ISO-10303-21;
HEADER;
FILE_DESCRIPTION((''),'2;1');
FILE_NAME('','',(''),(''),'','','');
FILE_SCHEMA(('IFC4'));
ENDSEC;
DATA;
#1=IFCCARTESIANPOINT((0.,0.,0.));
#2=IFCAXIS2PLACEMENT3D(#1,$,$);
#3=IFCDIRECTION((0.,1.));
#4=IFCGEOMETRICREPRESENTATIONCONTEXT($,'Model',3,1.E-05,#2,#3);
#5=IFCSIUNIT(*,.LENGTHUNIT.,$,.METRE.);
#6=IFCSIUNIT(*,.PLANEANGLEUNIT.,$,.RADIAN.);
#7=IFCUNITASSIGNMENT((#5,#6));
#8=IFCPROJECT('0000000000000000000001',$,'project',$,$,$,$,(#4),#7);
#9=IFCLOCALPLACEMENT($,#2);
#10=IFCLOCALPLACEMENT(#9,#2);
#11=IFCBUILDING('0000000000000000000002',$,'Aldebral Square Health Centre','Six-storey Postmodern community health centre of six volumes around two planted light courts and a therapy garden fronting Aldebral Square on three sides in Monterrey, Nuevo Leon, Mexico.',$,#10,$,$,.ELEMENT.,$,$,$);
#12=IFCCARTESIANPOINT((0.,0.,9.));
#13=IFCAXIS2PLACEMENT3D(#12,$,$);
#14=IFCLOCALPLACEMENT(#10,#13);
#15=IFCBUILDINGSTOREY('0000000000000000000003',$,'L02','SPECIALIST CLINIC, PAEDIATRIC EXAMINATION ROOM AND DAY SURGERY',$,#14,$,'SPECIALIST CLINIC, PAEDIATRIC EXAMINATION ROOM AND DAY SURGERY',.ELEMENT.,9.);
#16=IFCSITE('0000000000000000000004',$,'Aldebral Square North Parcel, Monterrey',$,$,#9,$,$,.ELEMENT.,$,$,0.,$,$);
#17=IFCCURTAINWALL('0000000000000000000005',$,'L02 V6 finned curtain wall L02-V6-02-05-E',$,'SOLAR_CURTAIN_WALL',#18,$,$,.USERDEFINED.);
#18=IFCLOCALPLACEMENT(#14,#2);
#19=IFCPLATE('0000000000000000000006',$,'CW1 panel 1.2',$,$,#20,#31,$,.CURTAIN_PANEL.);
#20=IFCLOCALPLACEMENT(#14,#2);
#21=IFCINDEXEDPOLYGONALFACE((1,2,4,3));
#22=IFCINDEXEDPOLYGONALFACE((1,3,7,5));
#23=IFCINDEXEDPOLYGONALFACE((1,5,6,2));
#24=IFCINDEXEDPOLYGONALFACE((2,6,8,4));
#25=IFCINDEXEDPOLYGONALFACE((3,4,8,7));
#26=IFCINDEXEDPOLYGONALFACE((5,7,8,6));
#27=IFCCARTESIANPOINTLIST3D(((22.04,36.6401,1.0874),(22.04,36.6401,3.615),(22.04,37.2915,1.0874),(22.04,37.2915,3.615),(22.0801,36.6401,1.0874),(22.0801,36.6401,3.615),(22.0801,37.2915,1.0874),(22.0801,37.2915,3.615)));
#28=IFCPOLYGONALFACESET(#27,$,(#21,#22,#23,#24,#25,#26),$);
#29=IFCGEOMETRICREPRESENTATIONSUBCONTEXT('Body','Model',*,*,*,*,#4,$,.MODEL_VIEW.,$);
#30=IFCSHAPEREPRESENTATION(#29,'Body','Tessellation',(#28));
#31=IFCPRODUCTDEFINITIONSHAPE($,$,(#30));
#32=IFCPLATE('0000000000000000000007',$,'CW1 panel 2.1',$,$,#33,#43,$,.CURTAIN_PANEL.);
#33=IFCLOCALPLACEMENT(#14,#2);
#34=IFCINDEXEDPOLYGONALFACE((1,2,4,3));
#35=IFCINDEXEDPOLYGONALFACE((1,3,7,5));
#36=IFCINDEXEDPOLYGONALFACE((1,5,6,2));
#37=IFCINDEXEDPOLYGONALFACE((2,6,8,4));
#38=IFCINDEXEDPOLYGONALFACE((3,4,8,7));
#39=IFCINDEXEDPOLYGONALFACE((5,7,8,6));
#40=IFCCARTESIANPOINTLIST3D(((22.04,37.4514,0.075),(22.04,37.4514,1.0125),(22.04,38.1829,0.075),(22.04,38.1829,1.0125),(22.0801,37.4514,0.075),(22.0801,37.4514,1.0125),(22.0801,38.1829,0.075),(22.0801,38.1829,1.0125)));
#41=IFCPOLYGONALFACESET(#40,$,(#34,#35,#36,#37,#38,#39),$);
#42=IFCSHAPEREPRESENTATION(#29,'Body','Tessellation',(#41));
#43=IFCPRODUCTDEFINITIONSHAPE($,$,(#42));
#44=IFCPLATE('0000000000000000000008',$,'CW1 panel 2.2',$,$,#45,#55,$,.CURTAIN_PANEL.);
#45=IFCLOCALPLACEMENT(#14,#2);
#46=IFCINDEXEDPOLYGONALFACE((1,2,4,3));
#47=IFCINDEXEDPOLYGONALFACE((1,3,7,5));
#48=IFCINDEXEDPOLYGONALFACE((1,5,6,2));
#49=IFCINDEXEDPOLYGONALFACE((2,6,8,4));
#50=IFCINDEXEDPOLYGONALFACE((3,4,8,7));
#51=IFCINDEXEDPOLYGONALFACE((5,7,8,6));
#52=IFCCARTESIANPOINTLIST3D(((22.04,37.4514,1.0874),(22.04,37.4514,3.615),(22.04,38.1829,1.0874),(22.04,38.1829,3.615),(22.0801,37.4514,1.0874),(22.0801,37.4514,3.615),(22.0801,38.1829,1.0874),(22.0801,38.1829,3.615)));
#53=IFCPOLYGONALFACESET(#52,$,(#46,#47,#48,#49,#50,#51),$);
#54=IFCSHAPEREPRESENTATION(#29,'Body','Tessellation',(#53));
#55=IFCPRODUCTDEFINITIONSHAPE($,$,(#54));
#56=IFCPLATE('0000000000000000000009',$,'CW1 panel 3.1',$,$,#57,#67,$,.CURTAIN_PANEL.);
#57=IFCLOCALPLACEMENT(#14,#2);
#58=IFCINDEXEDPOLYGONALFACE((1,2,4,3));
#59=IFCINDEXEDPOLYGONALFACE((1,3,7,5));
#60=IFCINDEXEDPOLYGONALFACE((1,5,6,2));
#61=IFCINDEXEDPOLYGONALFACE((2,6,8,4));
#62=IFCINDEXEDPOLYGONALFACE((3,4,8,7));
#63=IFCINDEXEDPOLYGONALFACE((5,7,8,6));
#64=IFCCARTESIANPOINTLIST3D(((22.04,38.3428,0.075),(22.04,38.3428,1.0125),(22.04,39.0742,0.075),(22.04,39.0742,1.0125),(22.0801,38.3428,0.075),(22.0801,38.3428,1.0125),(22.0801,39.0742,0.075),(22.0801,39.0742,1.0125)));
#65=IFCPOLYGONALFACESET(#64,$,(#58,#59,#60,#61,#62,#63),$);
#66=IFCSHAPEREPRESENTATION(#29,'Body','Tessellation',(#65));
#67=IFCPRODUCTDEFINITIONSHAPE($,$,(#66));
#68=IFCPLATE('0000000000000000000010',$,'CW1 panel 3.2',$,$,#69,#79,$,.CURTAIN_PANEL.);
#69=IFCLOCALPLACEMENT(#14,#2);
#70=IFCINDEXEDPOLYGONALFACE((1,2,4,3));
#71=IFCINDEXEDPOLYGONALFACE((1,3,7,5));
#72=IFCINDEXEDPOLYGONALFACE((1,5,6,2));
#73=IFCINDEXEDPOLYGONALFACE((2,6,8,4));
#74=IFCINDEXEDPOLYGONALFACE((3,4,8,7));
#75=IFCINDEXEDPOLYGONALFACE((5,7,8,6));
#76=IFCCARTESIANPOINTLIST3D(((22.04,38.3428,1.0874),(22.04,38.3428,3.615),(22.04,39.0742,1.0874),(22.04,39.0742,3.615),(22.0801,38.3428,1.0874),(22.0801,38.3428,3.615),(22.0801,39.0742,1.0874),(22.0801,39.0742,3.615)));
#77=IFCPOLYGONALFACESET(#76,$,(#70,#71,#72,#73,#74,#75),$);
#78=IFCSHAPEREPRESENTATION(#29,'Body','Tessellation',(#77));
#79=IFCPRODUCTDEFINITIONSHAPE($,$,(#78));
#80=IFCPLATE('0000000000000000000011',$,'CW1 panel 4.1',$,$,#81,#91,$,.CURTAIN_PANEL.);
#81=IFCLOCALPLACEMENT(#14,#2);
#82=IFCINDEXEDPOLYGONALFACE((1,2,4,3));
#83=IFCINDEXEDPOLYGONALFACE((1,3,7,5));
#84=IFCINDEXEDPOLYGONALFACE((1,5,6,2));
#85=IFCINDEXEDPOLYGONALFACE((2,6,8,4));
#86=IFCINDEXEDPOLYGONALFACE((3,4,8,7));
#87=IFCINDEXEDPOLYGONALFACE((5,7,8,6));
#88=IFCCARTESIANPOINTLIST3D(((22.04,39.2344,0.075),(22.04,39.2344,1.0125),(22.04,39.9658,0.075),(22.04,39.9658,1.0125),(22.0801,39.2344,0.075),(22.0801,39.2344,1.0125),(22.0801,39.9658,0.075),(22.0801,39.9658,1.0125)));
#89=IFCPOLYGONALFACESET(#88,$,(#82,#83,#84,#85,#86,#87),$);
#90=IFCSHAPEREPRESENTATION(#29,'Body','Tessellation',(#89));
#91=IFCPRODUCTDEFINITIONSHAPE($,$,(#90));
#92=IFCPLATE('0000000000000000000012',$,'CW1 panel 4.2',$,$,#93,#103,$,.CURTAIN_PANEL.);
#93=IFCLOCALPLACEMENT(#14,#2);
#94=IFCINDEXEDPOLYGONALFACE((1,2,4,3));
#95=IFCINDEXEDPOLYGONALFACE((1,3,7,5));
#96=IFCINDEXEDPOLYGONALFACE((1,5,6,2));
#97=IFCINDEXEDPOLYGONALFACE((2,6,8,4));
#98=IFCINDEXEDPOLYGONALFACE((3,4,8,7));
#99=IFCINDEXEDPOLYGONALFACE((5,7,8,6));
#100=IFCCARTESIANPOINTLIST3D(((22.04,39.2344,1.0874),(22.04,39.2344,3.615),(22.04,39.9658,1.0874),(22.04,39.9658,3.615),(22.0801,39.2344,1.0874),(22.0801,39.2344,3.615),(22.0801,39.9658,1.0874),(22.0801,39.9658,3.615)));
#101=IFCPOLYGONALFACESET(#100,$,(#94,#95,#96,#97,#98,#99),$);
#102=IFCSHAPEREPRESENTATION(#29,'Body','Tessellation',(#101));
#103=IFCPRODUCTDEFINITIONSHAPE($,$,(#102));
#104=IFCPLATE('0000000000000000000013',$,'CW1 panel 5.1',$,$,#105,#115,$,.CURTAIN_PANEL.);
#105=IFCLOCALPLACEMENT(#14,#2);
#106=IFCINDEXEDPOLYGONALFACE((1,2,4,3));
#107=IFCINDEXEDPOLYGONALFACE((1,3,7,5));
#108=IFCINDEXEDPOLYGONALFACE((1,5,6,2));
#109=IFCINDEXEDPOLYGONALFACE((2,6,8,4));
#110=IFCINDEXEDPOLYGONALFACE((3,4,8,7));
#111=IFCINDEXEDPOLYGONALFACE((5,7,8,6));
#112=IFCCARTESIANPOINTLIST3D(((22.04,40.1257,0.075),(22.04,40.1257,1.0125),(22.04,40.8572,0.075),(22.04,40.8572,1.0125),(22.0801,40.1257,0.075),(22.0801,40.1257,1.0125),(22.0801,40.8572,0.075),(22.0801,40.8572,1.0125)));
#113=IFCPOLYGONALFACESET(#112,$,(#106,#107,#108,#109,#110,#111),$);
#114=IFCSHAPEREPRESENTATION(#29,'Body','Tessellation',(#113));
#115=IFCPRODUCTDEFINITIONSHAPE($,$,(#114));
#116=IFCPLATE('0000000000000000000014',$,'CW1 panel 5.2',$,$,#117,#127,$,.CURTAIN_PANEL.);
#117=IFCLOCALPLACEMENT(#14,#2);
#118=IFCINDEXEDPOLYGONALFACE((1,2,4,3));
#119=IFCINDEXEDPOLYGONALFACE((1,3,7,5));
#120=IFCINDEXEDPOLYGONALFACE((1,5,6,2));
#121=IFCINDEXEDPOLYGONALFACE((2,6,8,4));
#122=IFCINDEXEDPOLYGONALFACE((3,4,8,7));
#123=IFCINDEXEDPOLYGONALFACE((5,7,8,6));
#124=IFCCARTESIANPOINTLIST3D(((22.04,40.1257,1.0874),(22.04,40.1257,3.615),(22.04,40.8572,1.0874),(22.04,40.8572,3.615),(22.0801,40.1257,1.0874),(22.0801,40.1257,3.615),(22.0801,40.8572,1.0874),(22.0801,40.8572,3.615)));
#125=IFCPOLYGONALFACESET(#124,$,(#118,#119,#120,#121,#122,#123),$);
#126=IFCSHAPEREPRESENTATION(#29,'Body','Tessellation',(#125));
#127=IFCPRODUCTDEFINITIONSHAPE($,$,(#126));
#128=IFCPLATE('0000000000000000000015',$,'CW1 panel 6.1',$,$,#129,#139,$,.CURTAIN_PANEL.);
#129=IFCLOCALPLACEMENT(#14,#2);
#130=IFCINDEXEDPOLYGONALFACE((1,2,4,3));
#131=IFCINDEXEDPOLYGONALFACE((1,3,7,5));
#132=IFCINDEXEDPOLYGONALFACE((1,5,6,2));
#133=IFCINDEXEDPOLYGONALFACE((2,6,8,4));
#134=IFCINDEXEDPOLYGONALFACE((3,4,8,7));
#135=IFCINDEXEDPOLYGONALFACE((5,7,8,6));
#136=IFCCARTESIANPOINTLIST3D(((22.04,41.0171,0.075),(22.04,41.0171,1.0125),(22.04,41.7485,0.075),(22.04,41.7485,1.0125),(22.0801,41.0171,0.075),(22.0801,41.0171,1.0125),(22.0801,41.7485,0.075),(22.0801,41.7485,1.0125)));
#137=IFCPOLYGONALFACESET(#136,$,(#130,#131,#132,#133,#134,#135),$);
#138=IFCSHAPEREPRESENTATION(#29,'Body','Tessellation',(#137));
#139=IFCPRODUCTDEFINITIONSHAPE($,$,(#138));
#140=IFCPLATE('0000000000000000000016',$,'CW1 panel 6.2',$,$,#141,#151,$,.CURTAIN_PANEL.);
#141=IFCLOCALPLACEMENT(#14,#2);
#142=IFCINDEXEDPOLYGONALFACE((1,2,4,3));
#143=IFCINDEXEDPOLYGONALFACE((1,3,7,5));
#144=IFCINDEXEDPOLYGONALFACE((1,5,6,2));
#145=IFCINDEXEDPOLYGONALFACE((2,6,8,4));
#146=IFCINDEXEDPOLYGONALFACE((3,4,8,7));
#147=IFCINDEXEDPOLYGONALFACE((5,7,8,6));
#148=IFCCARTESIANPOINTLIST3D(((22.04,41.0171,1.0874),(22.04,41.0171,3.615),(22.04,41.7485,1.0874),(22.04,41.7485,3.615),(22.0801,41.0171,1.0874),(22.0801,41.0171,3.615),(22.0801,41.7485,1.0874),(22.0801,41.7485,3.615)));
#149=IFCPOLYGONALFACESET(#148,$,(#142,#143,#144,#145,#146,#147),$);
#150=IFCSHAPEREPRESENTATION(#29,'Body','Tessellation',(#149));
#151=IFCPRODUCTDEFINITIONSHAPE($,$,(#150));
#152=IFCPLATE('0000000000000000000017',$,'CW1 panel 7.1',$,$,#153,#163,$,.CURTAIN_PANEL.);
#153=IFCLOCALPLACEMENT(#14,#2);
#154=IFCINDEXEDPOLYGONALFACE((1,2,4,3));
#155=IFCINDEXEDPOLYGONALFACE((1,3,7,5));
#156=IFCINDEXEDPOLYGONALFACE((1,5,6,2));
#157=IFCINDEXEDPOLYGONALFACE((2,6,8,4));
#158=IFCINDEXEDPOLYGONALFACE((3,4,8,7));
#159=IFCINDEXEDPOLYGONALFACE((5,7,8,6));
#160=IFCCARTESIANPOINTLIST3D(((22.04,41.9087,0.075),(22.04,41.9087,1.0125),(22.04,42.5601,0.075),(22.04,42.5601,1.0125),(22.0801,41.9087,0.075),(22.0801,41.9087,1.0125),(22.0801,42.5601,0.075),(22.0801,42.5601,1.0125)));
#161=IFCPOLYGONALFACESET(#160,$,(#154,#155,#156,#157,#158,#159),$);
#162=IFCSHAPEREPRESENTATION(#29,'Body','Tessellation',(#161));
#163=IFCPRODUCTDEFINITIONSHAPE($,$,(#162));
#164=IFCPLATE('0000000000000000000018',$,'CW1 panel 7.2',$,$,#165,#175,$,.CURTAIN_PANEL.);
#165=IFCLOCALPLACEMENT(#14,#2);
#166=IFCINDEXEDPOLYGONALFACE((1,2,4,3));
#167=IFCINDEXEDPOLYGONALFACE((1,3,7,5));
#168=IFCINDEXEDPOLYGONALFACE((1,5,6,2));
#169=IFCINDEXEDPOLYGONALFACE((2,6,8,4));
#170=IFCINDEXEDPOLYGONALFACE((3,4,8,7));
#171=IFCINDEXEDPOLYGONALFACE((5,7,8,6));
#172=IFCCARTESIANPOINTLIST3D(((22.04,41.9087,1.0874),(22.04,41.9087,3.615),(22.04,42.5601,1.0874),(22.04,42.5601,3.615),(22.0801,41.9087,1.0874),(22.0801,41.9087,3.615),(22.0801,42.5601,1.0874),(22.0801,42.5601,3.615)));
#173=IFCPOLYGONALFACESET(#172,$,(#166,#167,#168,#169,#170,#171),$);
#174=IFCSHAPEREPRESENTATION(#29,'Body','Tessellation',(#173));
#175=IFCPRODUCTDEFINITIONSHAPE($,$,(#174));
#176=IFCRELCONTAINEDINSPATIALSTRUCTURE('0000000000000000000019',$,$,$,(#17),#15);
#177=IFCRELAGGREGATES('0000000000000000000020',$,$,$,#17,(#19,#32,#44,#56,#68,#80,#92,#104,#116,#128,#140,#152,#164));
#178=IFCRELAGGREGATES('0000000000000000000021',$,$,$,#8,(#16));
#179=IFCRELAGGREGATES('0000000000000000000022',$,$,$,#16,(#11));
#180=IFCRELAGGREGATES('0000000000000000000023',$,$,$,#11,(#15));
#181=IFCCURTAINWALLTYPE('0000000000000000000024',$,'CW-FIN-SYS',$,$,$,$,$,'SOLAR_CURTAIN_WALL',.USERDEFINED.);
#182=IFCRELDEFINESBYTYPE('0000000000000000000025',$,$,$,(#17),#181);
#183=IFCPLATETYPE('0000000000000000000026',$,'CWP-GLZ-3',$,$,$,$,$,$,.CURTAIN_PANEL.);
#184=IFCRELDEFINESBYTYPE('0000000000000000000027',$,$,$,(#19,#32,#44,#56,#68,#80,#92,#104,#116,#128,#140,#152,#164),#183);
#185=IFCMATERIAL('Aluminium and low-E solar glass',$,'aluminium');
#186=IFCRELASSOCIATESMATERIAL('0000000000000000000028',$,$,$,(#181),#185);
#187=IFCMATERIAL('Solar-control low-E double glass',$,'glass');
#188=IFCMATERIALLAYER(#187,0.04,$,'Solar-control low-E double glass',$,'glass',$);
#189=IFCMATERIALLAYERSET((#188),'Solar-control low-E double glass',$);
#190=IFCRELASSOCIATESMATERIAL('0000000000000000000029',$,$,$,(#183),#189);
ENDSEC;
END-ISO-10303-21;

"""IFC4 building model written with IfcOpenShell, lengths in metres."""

from ifc_helpers import new_model, si_unit, direction, frame, origin, origin_2d, place, context, subcontext, project, spatial, rectangle, extrude, material, layer, layer_set, type_object, element, aggregate, save


model = new_model("IFC4")

# Units and contexts
model_context = context("Model", 3, precision=1e-05, world=origin(), true_north=direction((0.0, 1.0)))
body_context = subcontext(model_context, "Body", "Model", "MODEL_VIEW")
ifc_project = project(units=[si_unit("LENGTHUNIT", "METRE"), si_unit("PLANEANGLEUNIT", "RADIAN")], contexts=[model_context])

# Site, building, storey
site_placement = place(None, origin())
site = spatial("IfcSite", under=ifc_project, at=site_placement, Name="Aldebral Square North Parcel, Monterrey", CompositionType="ELEMENT", RefElevation=0.0)
building_placement = place(site_placement, origin())
building = spatial("IfcBuilding", under=site, at=building_placement, Name="Aldebral Square Health Centre", Description="Six-storey Postmodern community health centre of six volumes around two planted light courts and a therapy garden fronting Aldebral Square on three sides in Monterrey, Nuevo Leon, Mexico.", CompositionType="ELEMENT")
storey_placement = place(building_placement, frame((0.0, 0.0, 9.0)))
storey = spatial("IfcBuildingStorey", under=building, at=storey_placement, Name="L02", Description="SPECIALIST CLINIC, PAEDIATRIC EXAMINATION ROOM AND DAY SURGERY", LongName="SPECIALIST CLINIC, PAEDIATRIC EXAMINATION ROOM AND DAY SURGERY", CompositionType="ELEMENT", Elevation=9.0)

# Shared definitions
ifc_material_1 = material(Name="Aluminium and low-E solar glass", Category="aluminium")
curtain_wall_type = type_object("IfcCurtainWallType", Name="CW-FIN-SYS", ElementType="SOLAR_CURTAIN_WALL", PredefinedType="USERDEFINED", material=ifc_material_1)

# Curtain wall, plates
curtain_wall_1_placement = place(storey_placement, origin())
curtain_wall_1 = element("IfcCurtainWall", 1, at=curtain_wall_1_placement, inside=storey, type_object=curtain_wall_type, Name="L02 V6 finned curtain wall L02-V6-02-05-E", ObjectType="SOLAR_CURTAIN_WALL", PredefinedType="USERDEFINED")
ifc_material_2 = material(Name="Solar-control low-E double glass", Category="glass")
ifc_layer = layer(ifc_material_2, 0.04, Name="Solar-control low-E double glass", Category="glass")
ifc_layer_set = layer_set([ifc_layer], Name="Solar-control low-E double glass")
plate_type = type_object("IfcPlateType", Name="CWP-GLZ-3", PredefinedType="CURTAIN_PANEL", material=ifc_layer_set)
plate_1_placement = place(storey_placement, frame((22.0601, 36.9658, 1.0874), z_axis=(0.0, 0.0, 1.0), x_axis=(0.0, 1.0, 0.0)))
plate_1 = element("IfcPlate", 2, at=plate_1_placement, type_object=plate_type, Name="CW1 panel 1.2", PredefinedType="CURTAIN_PANEL", context=body_context, shape_type="SweptSolid", body=[
    extrude(rectangle(XDim=0.6514, YDim=0.04, at=origin_2d()), origin(), (0.0, 0.0, 1.0), 2.5276),
])
plate_2_placement = place(storey_placement, frame((22.0601, 37.8171, 0.075), z_axis=(0.0, 0.0, 1.0), x_axis=(0.0, 1.0, 0.0)))
plate_2 = element("IfcPlate", 3, at=plate_2_placement, type_object=plate_type, Name="CW1 panel 2.1", PredefinedType="CURTAIN_PANEL", context=body_context, shape_type="SweptSolid", body=[
    extrude(rectangle(XDim=0.7314, YDim=0.04, at=origin_2d()), origin(), (0.0, 0.0, 1.0), 0.9375),
])
plate_3_placement = place(storey_placement, frame((22.0601, 37.8171, 1.0874), z_axis=(0.0, 0.0, 1.0), x_axis=(0.0, 1.0, 0.0)))
plate_3 = element("IfcPlate", 4, at=plate_3_placement, type_object=plate_type, Name="CW1 panel 2.2", PredefinedType="CURTAIN_PANEL", context=body_context, shape_type="SweptSolid", body=[
    extrude(rectangle(XDim=0.7314, YDim=0.04, at=origin_2d()), origin(), (0.0, 0.0, 1.0), 2.5276),
])
plate_4_placement = place(storey_placement, frame((22.0601, 38.7085, 0.075), z_axis=(0.0, 0.0, 1.0), x_axis=(0.0, 1.0, 0.0)))
plate_4 = element("IfcPlate", 5, at=plate_4_placement, type_object=plate_type, Name="CW1 panel 3.1", PredefinedType="CURTAIN_PANEL", context=body_context, shape_type="SweptSolid", body=[
    extrude(rectangle(XDim=0.7314, YDim=0.04, at=origin_2d()), origin(), (0.0, 0.0, 1.0), 0.9375),
])
plate_5_placement = place(storey_placement, frame((22.0601, 38.7085, 1.0874), z_axis=(0.0, 0.0, 1.0), x_axis=(0.0, 1.0, 0.0)))
plate_5 = element("IfcPlate", 6, at=plate_5_placement, type_object=plate_type, Name="CW1 panel 3.2", PredefinedType="CURTAIN_PANEL", context=body_context, shape_type="SweptSolid", body=[
    extrude(rectangle(XDim=0.7314, YDim=0.04, at=origin_2d()), origin(), (0.0, 0.0, 1.0), 2.5276),
])
plate_6_placement = place(storey_placement, frame((22.0601, 39.6001, 0.075), z_axis=(0.0, 0.0, 1.0), x_axis=(0.0, 1.0, 0.0)))
plate_6 = element("IfcPlate", 7, at=plate_6_placement, type_object=plate_type, Name="CW1 panel 4.1", PredefinedType="CURTAIN_PANEL", context=body_context, shape_type="SweptSolid", body=[
    extrude(rectangle(XDim=0.7314, YDim=0.04, at=origin_2d()), origin(), (0.0, 0.0, 1.0), 0.9375),
])
plate_7_placement = place(storey_placement, frame((22.0601, 39.6001, 1.0874), z_axis=(0.0, 0.0, 1.0), x_axis=(0.0, 1.0, 0.0)))
plate_7 = element("IfcPlate", 8, at=plate_7_placement, type_object=plate_type, Name="CW1 panel 4.2", PredefinedType="CURTAIN_PANEL", context=body_context, shape_type="SweptSolid", body=[
    extrude(rectangle(XDim=0.7314, YDim=0.04, at=origin_2d()), origin(), (0.0, 0.0, 1.0), 2.5276),
])
plate_8_placement = place(storey_placement, frame((22.0601, 40.4915, 0.075), z_axis=(0.0, 0.0, 1.0), x_axis=(0.0, 1.0, 0.0)))
plate_8 = element("IfcPlate", 9, at=plate_8_placement, type_object=plate_type, Name="CW1 panel 5.1", PredefinedType="CURTAIN_PANEL", context=body_context, shape_type="SweptSolid", body=[
    extrude(rectangle(XDim=0.7314, YDim=0.04, at=origin_2d()), origin(), (0.0, 0.0, 1.0), 0.9375),
])
plate_9_placement = place(storey_placement, frame((22.0601, 40.4915, 1.0874), z_axis=(0.0, 0.0, 1.0), x_axis=(0.0, 1.0, 0.0)))
plate_9 = element("IfcPlate", 10, at=plate_9_placement, type_object=plate_type, Name="CW1 panel 5.2", PredefinedType="CURTAIN_PANEL", context=body_context, shape_type="SweptSolid", body=[
    extrude(rectangle(XDim=0.7314, YDim=0.04, at=origin_2d()), origin(), (0.0, 0.0, 1.0), 2.5276),
])
plate_10_placement = place(storey_placement, frame((22.0601, 41.3828, 0.075), z_axis=(0.0, 0.0, 1.0), x_axis=(0.0, 1.0, 0.0)))
plate_10 = element("IfcPlate", 11, at=plate_10_placement, type_object=plate_type, Name="CW1 panel 6.1", PredefinedType="CURTAIN_PANEL", context=body_context, shape_type="SweptSolid", body=[
    extrude(rectangle(XDim=0.7314, YDim=0.04, at=origin_2d()), origin(), (0.0, 0.0, 1.0), 0.9375),
])
plate_11_placement = place(storey_placement, frame((22.0601, 41.3828, 1.0874), z_axis=(0.0, 0.0, 1.0), x_axis=(0.0, 1.0, 0.0)))
plate_11 = element("IfcPlate", 12, at=plate_11_placement, type_object=plate_type, Name="CW1 panel 6.2", PredefinedType="CURTAIN_PANEL", context=body_context, shape_type="SweptSolid", body=[
    extrude(rectangle(XDim=0.7314, YDim=0.04, at=origin_2d()), origin(), (0.0, 0.0, 1.0), 2.5276),
])
plate_12_placement = place(storey_placement, frame((22.0601, 42.2344, 0.075), z_axis=(0.0, 0.0, 1.0), x_axis=(0.0, 1.0, 0.0)))
plate_12 = element("IfcPlate", 13, at=plate_12_placement, type_object=plate_type, Name="CW1 panel 7.1", PredefinedType="CURTAIN_PANEL", context=body_context, shape_type="SweptSolid", body=[
    extrude(rectangle(XDim=0.6514, YDim=0.04, at=origin_2d()), origin(), (0.0, 0.0, 1.0), 0.9375),
])
plate_13_placement = place(storey_placement, frame((22.0601, 42.2344, 1.0874), z_axis=(0.0, 0.0, 1.0), x_axis=(0.0, 1.0, 0.0)))
plate_13 = element("IfcPlate", 14, at=plate_13_placement, type_object=plate_type, Name="CW1 panel 7.2", PredefinedType="CURTAIN_PANEL", context=body_context, shape_type="SweptSolid", body=[
    extrude(rectangle(XDim=0.6514, YDim=0.04, at=origin_2d()), origin(), (0.0, 0.0, 1.0), 2.5276),
])
aggregate(curtain_wall_1, [plate_1, plate_2, plate_3, plate_4, plate_5, plate_6, plate_7, plate_8, plate_9, plate_10, plate_11, plate_12, plate_13])

save(model, "model.ifc")
